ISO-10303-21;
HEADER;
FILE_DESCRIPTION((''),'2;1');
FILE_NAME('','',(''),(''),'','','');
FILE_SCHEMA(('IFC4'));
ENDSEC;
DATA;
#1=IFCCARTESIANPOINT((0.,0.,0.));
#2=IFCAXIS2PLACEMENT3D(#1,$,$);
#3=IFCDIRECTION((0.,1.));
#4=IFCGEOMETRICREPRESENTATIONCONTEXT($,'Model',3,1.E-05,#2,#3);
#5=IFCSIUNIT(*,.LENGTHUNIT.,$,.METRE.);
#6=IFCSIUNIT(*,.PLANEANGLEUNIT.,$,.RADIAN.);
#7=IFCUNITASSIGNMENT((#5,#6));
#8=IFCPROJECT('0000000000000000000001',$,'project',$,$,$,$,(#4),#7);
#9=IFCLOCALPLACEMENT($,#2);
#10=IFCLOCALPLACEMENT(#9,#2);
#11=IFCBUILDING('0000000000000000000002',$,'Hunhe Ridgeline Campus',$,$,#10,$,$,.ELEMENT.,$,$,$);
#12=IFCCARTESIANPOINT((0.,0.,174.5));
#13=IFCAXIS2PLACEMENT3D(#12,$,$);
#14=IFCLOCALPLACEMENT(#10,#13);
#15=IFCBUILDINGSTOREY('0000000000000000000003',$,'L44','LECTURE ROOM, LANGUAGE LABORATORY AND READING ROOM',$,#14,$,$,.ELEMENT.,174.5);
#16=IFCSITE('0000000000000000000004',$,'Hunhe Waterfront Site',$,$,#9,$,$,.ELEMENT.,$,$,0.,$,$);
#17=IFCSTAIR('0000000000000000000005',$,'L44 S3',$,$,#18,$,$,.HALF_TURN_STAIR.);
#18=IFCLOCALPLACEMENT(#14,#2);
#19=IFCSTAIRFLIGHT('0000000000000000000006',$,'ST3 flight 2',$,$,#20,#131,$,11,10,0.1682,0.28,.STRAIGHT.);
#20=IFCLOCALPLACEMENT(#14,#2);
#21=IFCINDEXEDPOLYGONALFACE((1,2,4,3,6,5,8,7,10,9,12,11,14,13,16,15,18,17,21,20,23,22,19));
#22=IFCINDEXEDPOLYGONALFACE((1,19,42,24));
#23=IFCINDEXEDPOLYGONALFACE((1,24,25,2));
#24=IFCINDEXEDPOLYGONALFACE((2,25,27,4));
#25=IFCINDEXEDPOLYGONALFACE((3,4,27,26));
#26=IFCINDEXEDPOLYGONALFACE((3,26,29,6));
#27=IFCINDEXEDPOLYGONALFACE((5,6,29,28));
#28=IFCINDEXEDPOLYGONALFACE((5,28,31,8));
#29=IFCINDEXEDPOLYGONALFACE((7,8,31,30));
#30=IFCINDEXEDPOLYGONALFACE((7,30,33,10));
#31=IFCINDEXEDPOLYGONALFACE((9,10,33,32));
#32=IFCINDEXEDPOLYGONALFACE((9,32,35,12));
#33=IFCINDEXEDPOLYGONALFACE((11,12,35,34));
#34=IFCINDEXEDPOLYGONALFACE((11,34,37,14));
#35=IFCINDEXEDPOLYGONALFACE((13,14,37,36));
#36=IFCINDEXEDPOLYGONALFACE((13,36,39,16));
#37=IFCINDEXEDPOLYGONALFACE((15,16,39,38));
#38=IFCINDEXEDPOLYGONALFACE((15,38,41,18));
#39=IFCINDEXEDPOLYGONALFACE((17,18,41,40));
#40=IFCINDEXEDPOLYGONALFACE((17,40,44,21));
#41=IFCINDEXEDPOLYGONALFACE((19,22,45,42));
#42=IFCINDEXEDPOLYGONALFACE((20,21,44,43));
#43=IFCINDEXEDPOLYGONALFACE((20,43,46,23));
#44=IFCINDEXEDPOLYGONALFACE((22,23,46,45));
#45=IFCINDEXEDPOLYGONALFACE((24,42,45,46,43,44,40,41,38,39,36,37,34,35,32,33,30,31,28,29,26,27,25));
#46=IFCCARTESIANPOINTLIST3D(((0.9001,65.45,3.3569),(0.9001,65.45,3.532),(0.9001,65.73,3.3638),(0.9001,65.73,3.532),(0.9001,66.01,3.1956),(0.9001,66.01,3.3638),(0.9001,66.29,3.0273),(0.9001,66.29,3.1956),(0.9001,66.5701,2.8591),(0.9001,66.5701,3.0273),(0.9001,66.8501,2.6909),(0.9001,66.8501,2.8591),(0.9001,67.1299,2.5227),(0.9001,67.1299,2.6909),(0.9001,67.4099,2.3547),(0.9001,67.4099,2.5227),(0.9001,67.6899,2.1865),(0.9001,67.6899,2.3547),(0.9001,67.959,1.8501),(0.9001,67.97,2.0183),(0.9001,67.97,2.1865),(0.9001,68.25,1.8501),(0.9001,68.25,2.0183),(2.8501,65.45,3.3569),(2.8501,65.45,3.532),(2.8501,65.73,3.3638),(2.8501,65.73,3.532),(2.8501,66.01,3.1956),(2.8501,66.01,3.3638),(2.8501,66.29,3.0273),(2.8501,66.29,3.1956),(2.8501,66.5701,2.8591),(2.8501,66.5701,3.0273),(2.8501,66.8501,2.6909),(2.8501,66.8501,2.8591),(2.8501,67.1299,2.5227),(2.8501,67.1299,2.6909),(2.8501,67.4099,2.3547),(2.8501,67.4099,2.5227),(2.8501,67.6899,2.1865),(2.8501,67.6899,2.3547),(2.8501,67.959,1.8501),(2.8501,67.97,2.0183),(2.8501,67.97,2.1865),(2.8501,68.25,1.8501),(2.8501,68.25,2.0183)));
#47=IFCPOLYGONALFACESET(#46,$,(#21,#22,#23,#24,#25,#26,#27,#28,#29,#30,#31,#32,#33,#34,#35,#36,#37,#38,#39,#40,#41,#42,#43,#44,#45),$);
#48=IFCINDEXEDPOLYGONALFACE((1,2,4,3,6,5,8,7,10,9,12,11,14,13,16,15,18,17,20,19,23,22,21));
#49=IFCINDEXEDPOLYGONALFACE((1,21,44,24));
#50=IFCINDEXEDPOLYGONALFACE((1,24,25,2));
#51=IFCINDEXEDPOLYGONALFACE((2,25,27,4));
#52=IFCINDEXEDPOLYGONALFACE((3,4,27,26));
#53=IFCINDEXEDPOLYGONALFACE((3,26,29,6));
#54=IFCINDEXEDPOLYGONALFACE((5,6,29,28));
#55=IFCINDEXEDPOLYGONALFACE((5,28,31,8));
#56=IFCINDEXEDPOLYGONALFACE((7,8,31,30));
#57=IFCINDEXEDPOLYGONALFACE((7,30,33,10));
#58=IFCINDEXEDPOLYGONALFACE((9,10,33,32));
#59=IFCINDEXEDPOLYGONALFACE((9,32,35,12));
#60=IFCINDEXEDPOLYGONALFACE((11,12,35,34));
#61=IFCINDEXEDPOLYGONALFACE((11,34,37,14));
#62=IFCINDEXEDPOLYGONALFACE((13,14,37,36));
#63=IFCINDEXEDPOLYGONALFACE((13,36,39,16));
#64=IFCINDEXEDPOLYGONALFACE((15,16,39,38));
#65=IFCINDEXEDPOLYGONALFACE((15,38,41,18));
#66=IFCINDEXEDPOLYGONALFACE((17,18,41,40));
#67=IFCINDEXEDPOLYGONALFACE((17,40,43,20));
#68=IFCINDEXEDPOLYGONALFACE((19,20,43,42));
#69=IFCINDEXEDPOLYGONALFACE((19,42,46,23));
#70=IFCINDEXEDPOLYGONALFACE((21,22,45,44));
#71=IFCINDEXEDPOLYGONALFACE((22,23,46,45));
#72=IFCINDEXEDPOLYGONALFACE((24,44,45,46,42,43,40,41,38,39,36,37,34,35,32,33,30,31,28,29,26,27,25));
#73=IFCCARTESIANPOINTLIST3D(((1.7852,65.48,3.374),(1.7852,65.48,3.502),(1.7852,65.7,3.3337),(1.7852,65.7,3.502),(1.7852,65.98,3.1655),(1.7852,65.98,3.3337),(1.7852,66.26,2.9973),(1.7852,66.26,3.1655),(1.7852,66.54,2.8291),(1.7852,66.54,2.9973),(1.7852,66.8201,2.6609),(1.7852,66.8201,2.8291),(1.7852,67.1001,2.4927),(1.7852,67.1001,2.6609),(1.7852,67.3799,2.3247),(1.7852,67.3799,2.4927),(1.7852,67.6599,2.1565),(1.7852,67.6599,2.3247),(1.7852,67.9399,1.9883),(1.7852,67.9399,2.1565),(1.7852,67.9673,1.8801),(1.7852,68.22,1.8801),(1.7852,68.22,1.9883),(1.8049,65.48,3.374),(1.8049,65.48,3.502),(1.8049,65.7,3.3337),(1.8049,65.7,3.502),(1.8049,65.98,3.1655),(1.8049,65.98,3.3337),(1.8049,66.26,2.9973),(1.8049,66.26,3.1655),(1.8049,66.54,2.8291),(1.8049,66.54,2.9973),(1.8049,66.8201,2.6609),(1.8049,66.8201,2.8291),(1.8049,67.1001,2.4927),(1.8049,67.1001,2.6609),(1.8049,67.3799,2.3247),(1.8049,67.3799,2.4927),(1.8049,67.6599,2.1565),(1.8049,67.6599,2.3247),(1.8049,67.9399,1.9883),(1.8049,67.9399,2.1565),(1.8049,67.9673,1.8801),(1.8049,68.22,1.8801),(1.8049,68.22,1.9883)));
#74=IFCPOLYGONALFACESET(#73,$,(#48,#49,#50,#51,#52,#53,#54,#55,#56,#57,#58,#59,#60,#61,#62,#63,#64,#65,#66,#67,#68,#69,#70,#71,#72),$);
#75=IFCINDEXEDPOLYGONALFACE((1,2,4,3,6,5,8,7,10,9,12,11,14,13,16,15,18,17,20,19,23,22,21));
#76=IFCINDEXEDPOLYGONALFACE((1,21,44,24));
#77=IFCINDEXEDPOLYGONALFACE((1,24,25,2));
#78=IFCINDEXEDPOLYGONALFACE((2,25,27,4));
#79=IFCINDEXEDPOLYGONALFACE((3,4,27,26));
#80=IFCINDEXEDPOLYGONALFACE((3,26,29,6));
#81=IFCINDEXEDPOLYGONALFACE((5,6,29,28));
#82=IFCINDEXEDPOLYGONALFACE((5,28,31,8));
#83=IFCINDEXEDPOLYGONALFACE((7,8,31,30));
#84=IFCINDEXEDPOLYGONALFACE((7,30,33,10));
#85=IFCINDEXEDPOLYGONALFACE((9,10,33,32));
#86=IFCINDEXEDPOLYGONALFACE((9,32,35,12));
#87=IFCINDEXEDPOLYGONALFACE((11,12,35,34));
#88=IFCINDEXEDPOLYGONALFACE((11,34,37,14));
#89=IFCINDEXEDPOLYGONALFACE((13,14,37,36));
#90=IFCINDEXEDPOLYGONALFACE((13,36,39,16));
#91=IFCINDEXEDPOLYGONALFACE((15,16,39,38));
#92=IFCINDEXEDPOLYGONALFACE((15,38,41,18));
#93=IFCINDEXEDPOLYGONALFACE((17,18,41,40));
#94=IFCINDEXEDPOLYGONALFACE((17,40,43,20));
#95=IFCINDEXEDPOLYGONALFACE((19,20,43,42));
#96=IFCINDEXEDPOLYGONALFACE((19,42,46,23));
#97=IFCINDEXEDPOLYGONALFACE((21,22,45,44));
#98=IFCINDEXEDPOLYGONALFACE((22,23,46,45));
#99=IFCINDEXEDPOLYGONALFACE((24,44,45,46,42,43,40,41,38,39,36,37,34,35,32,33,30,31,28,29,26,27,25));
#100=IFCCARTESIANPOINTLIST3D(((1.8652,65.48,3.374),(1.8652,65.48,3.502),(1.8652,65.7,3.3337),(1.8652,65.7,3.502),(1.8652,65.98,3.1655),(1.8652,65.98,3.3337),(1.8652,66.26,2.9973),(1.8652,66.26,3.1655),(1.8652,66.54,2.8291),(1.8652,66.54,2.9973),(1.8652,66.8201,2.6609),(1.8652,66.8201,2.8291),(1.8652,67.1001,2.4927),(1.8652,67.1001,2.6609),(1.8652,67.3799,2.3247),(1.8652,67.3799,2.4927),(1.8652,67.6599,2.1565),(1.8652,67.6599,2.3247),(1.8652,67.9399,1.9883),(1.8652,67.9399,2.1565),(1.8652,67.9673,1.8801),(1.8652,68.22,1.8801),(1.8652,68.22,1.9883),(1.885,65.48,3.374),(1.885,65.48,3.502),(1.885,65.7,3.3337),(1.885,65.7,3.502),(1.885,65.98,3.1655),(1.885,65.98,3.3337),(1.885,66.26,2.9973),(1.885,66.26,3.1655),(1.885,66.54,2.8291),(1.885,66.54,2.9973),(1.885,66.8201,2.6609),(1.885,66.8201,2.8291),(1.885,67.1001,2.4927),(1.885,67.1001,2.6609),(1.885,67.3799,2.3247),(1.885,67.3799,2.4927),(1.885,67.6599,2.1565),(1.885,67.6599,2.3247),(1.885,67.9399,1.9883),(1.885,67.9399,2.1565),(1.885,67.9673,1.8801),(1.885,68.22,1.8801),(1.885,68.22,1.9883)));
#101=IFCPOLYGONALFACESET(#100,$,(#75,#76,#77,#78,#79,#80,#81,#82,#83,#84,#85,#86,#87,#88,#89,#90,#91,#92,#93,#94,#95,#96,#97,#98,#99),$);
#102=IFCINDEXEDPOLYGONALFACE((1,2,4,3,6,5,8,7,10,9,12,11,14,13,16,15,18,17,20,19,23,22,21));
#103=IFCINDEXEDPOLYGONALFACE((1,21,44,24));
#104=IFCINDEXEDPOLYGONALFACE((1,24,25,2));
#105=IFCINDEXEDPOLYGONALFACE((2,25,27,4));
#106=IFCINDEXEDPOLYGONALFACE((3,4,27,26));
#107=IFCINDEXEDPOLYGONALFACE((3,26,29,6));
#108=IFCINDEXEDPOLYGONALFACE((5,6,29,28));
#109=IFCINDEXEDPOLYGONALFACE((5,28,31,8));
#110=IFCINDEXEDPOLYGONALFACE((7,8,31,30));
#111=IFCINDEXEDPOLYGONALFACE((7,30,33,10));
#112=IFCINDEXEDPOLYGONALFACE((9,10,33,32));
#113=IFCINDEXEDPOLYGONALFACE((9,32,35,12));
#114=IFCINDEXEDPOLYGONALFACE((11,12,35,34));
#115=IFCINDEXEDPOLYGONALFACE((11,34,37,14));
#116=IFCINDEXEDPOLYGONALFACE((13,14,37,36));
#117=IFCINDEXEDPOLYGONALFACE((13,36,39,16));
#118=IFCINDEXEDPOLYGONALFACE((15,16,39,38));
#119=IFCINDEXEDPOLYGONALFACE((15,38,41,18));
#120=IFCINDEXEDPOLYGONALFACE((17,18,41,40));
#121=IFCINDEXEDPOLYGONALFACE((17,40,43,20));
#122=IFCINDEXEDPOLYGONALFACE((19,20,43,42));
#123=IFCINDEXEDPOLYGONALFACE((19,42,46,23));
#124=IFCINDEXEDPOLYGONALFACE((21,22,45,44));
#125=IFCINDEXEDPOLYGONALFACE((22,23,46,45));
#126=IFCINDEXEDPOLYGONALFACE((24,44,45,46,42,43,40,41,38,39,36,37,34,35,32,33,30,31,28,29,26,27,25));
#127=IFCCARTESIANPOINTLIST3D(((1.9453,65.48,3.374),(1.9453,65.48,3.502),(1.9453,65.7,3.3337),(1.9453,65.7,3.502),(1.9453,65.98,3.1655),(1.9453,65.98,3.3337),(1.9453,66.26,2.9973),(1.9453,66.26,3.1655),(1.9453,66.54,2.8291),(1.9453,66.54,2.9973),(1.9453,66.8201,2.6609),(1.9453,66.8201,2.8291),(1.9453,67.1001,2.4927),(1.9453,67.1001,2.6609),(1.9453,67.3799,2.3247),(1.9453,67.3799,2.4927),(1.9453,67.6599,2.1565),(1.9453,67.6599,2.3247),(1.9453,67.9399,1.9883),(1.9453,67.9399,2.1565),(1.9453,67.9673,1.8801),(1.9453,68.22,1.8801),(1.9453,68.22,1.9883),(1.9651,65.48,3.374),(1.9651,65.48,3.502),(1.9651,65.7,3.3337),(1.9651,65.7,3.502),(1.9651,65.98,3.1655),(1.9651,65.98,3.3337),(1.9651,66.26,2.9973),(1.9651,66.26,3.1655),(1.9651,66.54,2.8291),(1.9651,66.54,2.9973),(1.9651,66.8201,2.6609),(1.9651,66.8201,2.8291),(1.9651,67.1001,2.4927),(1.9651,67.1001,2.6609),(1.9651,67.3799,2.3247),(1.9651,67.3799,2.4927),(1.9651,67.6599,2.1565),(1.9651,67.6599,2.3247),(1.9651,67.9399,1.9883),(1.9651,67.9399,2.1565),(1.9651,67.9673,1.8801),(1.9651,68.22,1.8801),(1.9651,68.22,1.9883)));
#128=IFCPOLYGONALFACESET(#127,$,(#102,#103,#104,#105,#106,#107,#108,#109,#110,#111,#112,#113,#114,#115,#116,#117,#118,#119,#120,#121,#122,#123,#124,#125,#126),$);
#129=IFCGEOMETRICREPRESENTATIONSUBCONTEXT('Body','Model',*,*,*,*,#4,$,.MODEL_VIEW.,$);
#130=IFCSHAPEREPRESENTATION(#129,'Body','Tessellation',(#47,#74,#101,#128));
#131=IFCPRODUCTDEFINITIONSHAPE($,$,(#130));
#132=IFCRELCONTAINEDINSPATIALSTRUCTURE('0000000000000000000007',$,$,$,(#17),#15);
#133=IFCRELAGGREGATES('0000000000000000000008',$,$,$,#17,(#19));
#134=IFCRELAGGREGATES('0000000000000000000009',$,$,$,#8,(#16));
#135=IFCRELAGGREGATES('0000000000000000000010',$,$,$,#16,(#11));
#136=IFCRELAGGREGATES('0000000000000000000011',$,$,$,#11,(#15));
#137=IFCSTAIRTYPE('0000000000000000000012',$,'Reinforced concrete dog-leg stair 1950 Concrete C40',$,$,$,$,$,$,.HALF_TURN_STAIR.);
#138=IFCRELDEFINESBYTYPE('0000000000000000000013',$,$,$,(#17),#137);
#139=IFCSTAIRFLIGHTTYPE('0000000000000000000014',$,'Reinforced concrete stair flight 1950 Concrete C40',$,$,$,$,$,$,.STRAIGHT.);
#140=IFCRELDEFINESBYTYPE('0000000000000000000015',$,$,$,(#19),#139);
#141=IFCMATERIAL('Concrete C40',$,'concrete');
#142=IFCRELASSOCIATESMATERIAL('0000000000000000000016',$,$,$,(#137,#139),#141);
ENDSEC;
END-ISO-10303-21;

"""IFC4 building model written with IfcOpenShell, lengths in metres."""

from ifc_helpers import new_model, si_unit, direction, frame, origin, place, context, subcontext, project, spatial, polyline, outline, extrude, material, type_object, element, aggregate, save


model = new_model("IFC4")

# Units and contexts
model_context = context("Model", 3, precision=1e-05, world=origin(), true_north=direction((0.0, 1.0)))
body_context = subcontext(model_context, "Body", "Model", "MODEL_VIEW")
ifc_project = project(units=[si_unit("LENGTHUNIT", "METRE"), si_unit("PLANEANGLEUNIT", "RADIAN")], contexts=[model_context])

# Site, building, storey
site_placement = place(None, origin())
site = spatial("IfcSite", under=ifc_project, at=site_placement, Name="Hunhe Waterfront Site", CompositionType="ELEMENT", RefElevation=0.0)
building_placement = place(site_placement, origin())
building = spatial("IfcBuilding", under=site, at=building_placement, Name="Hunhe Ridgeline Campus", CompositionType="ELEMENT")
storey_placement = place(building_placement, frame((0.0, 0.0, 174.5)))
storey = spatial("IfcBuildingStorey", under=building, at=storey_placement, Name="L44", Description="LECTURE ROOM, LANGUAGE LABORATORY AND READING ROOM", CompositionType="ELEMENT", Elevation=174.5)

# Stair, stair flight
ifc_material_1 = material(Name="Concrete C40", Category="concrete")
stair_type = type_object("IfcStairType", Name="Reinforced concrete dog-leg stair 1950 Concrete C40", PredefinedType="HALF_TURN_STAIR", material=ifc_material_1)
stair_1_placement = place(storey_placement, origin())
stair_1 = element("IfcStair", 1, at=stair_1_placement, inside=storey, type_object=stair_type, Name="L44 S3", PredefinedType="HALF_TURN_STAIR")
stair_flight_type = type_object("IfcStairFlightType", Name="Reinforced concrete stair flight 1950 Concrete C40", PredefinedType="STRAIGHT", material=ifc_material_1)
stair_flight_1_placement = place(storey_placement, frame((1.875, 68.25, 1.8501), z_axis=(0.0, 0.0, 1.0), x_axis=(0.0, -1.0, 0.0)))
stair_flight_1 = element("IfcStairFlight", 2, at=stair_flight_1_placement, type_object=stair_flight_type, Name="ST3 flight 2", NumberOfRisers=11, NumberOfTreads=10, PredefinedType="STRAIGHT", RiserHeight=0.1682, TreadLength=0.28, context=body_context, shape_type="SweptSolid", body=[
    extrude(outline(polyline([(0.0, 0.0), (0.0, 0.1682), (0.28, 0.1682), (0.28, 0.3364), (0.5601, 0.3364), (0.5601, 0.5046), (0.8401, 0.5046), (0.8401, 0.6726), (1.1201, 0.6726), (1.1201, 0.8408), (1.3999, 0.8408), (1.3999, 1.009), (1.6799, 1.009), (1.6799, 1.1772), (1.96, 1.1772), (1.96, 1.3455), (2.24, 1.3455), (2.24, 1.5137), (2.52, 1.5137), (2.52, 1.6819), (2.8, 1.6819), (2.8, 1.8501), (2.8, 1.5068), (0.291, 0.0), (0.0, 0.0)])), frame((0.0, 0.9751, 0.0), z_axis=(0.0, -1.0, 0.0), x_axis=(1.0, 0.0, 0.0)), (0.0, 0.0, 1.0), 1.95),
    extrude(outline(polyline([(0.03, 0.03), (0.03, 0.1382), (0.3101, 0.1382), (0.3101, 0.3064), (0.5901, 0.3064), (0.5901, 0.4746), (0.8701, 0.4746), (0.8701, 0.6426), (1.1499, 0.6426), (1.1499, 0.8108), (1.4299, 0.8108), (1.4299, 0.979), (1.71, 0.979), (1.71, 1.1472), (1.99, 1.1472), (1.99, 1.3154), (2.27, 1.3154), (2.27, 1.4836), (2.55, 1.4836), (2.55, 1.6519), (2.77, 1.6519), (2.77, 1.5239), (0.2827, 0.03), (0.03, 0.03)])), frame((0.0, -0.0701, 0.0), z_axis=(0.0, -1.0, 0.0), x_axis=(1.0, 0.0, 0.0)), (0.0, 0.0, 1.0), 0.0198),
    extrude(outline(polyline([(0.03, 0.03), (0.03, 0.1382), (0.3101, 0.1382), (0.3101, 0.3064), (0.5901, 0.3064), (0.5901, 0.4746), (0.8701, 0.4746), (0.8701, 0.6426), (1.1499, 0.6426), (1.1499, 0.8108), (1.4299, 0.8108), (1.4299, 0.979), (1.71, 0.979), (1.71, 1.1472), (1.99, 1.1472), (1.99, 1.3154), (2.27, 1.3154), (2.27, 1.4836), (2.55, 1.4836), (2.55, 1.6519), (2.77, 1.6519), (2.77, 1.5239), (0.2827, 0.03), (0.03, 0.03)])), frame((0.0, 0.01, 0.0), z_axis=(0.0, -1.0, 0.0), x_axis=(1.0, 0.0, 0.0)), (0.0, 0.0, 1.0), 0.0198),
    extrude(outline(polyline([(0.03, 0.03), (0.03, 0.1382), (0.3101, 0.1382), (0.3101, 0.3064), (0.5901, 0.3064), (0.5901, 0.4746), (0.8701, 0.4746), (0.8701, 0.6426), (1.1499, 0.6426), (1.1499, 0.8108), (1.4299, 0.8108), (1.4299, 0.979), (1.71, 0.979), (1.71, 1.1472), (1.99, 1.1472), (1.99, 1.3154), (2.27, 1.3154), (2.27, 1.4836), (2.55, 1.4836), (2.55, 1.6519), (2.77, 1.6519), (2.77, 1.5239), (0.2827, 0.03), (0.03, 0.03)])), frame((0.0, 0.0901, 0.0), z_axis=(0.0, -1.0, 0.0), x_axis=(1.0, 0.0, 0.0)), (0.0, 0.0, 1.0), 0.0198),
])
aggregate(stair_1, [stair_flight_1])

save(model, "model.ifc")
